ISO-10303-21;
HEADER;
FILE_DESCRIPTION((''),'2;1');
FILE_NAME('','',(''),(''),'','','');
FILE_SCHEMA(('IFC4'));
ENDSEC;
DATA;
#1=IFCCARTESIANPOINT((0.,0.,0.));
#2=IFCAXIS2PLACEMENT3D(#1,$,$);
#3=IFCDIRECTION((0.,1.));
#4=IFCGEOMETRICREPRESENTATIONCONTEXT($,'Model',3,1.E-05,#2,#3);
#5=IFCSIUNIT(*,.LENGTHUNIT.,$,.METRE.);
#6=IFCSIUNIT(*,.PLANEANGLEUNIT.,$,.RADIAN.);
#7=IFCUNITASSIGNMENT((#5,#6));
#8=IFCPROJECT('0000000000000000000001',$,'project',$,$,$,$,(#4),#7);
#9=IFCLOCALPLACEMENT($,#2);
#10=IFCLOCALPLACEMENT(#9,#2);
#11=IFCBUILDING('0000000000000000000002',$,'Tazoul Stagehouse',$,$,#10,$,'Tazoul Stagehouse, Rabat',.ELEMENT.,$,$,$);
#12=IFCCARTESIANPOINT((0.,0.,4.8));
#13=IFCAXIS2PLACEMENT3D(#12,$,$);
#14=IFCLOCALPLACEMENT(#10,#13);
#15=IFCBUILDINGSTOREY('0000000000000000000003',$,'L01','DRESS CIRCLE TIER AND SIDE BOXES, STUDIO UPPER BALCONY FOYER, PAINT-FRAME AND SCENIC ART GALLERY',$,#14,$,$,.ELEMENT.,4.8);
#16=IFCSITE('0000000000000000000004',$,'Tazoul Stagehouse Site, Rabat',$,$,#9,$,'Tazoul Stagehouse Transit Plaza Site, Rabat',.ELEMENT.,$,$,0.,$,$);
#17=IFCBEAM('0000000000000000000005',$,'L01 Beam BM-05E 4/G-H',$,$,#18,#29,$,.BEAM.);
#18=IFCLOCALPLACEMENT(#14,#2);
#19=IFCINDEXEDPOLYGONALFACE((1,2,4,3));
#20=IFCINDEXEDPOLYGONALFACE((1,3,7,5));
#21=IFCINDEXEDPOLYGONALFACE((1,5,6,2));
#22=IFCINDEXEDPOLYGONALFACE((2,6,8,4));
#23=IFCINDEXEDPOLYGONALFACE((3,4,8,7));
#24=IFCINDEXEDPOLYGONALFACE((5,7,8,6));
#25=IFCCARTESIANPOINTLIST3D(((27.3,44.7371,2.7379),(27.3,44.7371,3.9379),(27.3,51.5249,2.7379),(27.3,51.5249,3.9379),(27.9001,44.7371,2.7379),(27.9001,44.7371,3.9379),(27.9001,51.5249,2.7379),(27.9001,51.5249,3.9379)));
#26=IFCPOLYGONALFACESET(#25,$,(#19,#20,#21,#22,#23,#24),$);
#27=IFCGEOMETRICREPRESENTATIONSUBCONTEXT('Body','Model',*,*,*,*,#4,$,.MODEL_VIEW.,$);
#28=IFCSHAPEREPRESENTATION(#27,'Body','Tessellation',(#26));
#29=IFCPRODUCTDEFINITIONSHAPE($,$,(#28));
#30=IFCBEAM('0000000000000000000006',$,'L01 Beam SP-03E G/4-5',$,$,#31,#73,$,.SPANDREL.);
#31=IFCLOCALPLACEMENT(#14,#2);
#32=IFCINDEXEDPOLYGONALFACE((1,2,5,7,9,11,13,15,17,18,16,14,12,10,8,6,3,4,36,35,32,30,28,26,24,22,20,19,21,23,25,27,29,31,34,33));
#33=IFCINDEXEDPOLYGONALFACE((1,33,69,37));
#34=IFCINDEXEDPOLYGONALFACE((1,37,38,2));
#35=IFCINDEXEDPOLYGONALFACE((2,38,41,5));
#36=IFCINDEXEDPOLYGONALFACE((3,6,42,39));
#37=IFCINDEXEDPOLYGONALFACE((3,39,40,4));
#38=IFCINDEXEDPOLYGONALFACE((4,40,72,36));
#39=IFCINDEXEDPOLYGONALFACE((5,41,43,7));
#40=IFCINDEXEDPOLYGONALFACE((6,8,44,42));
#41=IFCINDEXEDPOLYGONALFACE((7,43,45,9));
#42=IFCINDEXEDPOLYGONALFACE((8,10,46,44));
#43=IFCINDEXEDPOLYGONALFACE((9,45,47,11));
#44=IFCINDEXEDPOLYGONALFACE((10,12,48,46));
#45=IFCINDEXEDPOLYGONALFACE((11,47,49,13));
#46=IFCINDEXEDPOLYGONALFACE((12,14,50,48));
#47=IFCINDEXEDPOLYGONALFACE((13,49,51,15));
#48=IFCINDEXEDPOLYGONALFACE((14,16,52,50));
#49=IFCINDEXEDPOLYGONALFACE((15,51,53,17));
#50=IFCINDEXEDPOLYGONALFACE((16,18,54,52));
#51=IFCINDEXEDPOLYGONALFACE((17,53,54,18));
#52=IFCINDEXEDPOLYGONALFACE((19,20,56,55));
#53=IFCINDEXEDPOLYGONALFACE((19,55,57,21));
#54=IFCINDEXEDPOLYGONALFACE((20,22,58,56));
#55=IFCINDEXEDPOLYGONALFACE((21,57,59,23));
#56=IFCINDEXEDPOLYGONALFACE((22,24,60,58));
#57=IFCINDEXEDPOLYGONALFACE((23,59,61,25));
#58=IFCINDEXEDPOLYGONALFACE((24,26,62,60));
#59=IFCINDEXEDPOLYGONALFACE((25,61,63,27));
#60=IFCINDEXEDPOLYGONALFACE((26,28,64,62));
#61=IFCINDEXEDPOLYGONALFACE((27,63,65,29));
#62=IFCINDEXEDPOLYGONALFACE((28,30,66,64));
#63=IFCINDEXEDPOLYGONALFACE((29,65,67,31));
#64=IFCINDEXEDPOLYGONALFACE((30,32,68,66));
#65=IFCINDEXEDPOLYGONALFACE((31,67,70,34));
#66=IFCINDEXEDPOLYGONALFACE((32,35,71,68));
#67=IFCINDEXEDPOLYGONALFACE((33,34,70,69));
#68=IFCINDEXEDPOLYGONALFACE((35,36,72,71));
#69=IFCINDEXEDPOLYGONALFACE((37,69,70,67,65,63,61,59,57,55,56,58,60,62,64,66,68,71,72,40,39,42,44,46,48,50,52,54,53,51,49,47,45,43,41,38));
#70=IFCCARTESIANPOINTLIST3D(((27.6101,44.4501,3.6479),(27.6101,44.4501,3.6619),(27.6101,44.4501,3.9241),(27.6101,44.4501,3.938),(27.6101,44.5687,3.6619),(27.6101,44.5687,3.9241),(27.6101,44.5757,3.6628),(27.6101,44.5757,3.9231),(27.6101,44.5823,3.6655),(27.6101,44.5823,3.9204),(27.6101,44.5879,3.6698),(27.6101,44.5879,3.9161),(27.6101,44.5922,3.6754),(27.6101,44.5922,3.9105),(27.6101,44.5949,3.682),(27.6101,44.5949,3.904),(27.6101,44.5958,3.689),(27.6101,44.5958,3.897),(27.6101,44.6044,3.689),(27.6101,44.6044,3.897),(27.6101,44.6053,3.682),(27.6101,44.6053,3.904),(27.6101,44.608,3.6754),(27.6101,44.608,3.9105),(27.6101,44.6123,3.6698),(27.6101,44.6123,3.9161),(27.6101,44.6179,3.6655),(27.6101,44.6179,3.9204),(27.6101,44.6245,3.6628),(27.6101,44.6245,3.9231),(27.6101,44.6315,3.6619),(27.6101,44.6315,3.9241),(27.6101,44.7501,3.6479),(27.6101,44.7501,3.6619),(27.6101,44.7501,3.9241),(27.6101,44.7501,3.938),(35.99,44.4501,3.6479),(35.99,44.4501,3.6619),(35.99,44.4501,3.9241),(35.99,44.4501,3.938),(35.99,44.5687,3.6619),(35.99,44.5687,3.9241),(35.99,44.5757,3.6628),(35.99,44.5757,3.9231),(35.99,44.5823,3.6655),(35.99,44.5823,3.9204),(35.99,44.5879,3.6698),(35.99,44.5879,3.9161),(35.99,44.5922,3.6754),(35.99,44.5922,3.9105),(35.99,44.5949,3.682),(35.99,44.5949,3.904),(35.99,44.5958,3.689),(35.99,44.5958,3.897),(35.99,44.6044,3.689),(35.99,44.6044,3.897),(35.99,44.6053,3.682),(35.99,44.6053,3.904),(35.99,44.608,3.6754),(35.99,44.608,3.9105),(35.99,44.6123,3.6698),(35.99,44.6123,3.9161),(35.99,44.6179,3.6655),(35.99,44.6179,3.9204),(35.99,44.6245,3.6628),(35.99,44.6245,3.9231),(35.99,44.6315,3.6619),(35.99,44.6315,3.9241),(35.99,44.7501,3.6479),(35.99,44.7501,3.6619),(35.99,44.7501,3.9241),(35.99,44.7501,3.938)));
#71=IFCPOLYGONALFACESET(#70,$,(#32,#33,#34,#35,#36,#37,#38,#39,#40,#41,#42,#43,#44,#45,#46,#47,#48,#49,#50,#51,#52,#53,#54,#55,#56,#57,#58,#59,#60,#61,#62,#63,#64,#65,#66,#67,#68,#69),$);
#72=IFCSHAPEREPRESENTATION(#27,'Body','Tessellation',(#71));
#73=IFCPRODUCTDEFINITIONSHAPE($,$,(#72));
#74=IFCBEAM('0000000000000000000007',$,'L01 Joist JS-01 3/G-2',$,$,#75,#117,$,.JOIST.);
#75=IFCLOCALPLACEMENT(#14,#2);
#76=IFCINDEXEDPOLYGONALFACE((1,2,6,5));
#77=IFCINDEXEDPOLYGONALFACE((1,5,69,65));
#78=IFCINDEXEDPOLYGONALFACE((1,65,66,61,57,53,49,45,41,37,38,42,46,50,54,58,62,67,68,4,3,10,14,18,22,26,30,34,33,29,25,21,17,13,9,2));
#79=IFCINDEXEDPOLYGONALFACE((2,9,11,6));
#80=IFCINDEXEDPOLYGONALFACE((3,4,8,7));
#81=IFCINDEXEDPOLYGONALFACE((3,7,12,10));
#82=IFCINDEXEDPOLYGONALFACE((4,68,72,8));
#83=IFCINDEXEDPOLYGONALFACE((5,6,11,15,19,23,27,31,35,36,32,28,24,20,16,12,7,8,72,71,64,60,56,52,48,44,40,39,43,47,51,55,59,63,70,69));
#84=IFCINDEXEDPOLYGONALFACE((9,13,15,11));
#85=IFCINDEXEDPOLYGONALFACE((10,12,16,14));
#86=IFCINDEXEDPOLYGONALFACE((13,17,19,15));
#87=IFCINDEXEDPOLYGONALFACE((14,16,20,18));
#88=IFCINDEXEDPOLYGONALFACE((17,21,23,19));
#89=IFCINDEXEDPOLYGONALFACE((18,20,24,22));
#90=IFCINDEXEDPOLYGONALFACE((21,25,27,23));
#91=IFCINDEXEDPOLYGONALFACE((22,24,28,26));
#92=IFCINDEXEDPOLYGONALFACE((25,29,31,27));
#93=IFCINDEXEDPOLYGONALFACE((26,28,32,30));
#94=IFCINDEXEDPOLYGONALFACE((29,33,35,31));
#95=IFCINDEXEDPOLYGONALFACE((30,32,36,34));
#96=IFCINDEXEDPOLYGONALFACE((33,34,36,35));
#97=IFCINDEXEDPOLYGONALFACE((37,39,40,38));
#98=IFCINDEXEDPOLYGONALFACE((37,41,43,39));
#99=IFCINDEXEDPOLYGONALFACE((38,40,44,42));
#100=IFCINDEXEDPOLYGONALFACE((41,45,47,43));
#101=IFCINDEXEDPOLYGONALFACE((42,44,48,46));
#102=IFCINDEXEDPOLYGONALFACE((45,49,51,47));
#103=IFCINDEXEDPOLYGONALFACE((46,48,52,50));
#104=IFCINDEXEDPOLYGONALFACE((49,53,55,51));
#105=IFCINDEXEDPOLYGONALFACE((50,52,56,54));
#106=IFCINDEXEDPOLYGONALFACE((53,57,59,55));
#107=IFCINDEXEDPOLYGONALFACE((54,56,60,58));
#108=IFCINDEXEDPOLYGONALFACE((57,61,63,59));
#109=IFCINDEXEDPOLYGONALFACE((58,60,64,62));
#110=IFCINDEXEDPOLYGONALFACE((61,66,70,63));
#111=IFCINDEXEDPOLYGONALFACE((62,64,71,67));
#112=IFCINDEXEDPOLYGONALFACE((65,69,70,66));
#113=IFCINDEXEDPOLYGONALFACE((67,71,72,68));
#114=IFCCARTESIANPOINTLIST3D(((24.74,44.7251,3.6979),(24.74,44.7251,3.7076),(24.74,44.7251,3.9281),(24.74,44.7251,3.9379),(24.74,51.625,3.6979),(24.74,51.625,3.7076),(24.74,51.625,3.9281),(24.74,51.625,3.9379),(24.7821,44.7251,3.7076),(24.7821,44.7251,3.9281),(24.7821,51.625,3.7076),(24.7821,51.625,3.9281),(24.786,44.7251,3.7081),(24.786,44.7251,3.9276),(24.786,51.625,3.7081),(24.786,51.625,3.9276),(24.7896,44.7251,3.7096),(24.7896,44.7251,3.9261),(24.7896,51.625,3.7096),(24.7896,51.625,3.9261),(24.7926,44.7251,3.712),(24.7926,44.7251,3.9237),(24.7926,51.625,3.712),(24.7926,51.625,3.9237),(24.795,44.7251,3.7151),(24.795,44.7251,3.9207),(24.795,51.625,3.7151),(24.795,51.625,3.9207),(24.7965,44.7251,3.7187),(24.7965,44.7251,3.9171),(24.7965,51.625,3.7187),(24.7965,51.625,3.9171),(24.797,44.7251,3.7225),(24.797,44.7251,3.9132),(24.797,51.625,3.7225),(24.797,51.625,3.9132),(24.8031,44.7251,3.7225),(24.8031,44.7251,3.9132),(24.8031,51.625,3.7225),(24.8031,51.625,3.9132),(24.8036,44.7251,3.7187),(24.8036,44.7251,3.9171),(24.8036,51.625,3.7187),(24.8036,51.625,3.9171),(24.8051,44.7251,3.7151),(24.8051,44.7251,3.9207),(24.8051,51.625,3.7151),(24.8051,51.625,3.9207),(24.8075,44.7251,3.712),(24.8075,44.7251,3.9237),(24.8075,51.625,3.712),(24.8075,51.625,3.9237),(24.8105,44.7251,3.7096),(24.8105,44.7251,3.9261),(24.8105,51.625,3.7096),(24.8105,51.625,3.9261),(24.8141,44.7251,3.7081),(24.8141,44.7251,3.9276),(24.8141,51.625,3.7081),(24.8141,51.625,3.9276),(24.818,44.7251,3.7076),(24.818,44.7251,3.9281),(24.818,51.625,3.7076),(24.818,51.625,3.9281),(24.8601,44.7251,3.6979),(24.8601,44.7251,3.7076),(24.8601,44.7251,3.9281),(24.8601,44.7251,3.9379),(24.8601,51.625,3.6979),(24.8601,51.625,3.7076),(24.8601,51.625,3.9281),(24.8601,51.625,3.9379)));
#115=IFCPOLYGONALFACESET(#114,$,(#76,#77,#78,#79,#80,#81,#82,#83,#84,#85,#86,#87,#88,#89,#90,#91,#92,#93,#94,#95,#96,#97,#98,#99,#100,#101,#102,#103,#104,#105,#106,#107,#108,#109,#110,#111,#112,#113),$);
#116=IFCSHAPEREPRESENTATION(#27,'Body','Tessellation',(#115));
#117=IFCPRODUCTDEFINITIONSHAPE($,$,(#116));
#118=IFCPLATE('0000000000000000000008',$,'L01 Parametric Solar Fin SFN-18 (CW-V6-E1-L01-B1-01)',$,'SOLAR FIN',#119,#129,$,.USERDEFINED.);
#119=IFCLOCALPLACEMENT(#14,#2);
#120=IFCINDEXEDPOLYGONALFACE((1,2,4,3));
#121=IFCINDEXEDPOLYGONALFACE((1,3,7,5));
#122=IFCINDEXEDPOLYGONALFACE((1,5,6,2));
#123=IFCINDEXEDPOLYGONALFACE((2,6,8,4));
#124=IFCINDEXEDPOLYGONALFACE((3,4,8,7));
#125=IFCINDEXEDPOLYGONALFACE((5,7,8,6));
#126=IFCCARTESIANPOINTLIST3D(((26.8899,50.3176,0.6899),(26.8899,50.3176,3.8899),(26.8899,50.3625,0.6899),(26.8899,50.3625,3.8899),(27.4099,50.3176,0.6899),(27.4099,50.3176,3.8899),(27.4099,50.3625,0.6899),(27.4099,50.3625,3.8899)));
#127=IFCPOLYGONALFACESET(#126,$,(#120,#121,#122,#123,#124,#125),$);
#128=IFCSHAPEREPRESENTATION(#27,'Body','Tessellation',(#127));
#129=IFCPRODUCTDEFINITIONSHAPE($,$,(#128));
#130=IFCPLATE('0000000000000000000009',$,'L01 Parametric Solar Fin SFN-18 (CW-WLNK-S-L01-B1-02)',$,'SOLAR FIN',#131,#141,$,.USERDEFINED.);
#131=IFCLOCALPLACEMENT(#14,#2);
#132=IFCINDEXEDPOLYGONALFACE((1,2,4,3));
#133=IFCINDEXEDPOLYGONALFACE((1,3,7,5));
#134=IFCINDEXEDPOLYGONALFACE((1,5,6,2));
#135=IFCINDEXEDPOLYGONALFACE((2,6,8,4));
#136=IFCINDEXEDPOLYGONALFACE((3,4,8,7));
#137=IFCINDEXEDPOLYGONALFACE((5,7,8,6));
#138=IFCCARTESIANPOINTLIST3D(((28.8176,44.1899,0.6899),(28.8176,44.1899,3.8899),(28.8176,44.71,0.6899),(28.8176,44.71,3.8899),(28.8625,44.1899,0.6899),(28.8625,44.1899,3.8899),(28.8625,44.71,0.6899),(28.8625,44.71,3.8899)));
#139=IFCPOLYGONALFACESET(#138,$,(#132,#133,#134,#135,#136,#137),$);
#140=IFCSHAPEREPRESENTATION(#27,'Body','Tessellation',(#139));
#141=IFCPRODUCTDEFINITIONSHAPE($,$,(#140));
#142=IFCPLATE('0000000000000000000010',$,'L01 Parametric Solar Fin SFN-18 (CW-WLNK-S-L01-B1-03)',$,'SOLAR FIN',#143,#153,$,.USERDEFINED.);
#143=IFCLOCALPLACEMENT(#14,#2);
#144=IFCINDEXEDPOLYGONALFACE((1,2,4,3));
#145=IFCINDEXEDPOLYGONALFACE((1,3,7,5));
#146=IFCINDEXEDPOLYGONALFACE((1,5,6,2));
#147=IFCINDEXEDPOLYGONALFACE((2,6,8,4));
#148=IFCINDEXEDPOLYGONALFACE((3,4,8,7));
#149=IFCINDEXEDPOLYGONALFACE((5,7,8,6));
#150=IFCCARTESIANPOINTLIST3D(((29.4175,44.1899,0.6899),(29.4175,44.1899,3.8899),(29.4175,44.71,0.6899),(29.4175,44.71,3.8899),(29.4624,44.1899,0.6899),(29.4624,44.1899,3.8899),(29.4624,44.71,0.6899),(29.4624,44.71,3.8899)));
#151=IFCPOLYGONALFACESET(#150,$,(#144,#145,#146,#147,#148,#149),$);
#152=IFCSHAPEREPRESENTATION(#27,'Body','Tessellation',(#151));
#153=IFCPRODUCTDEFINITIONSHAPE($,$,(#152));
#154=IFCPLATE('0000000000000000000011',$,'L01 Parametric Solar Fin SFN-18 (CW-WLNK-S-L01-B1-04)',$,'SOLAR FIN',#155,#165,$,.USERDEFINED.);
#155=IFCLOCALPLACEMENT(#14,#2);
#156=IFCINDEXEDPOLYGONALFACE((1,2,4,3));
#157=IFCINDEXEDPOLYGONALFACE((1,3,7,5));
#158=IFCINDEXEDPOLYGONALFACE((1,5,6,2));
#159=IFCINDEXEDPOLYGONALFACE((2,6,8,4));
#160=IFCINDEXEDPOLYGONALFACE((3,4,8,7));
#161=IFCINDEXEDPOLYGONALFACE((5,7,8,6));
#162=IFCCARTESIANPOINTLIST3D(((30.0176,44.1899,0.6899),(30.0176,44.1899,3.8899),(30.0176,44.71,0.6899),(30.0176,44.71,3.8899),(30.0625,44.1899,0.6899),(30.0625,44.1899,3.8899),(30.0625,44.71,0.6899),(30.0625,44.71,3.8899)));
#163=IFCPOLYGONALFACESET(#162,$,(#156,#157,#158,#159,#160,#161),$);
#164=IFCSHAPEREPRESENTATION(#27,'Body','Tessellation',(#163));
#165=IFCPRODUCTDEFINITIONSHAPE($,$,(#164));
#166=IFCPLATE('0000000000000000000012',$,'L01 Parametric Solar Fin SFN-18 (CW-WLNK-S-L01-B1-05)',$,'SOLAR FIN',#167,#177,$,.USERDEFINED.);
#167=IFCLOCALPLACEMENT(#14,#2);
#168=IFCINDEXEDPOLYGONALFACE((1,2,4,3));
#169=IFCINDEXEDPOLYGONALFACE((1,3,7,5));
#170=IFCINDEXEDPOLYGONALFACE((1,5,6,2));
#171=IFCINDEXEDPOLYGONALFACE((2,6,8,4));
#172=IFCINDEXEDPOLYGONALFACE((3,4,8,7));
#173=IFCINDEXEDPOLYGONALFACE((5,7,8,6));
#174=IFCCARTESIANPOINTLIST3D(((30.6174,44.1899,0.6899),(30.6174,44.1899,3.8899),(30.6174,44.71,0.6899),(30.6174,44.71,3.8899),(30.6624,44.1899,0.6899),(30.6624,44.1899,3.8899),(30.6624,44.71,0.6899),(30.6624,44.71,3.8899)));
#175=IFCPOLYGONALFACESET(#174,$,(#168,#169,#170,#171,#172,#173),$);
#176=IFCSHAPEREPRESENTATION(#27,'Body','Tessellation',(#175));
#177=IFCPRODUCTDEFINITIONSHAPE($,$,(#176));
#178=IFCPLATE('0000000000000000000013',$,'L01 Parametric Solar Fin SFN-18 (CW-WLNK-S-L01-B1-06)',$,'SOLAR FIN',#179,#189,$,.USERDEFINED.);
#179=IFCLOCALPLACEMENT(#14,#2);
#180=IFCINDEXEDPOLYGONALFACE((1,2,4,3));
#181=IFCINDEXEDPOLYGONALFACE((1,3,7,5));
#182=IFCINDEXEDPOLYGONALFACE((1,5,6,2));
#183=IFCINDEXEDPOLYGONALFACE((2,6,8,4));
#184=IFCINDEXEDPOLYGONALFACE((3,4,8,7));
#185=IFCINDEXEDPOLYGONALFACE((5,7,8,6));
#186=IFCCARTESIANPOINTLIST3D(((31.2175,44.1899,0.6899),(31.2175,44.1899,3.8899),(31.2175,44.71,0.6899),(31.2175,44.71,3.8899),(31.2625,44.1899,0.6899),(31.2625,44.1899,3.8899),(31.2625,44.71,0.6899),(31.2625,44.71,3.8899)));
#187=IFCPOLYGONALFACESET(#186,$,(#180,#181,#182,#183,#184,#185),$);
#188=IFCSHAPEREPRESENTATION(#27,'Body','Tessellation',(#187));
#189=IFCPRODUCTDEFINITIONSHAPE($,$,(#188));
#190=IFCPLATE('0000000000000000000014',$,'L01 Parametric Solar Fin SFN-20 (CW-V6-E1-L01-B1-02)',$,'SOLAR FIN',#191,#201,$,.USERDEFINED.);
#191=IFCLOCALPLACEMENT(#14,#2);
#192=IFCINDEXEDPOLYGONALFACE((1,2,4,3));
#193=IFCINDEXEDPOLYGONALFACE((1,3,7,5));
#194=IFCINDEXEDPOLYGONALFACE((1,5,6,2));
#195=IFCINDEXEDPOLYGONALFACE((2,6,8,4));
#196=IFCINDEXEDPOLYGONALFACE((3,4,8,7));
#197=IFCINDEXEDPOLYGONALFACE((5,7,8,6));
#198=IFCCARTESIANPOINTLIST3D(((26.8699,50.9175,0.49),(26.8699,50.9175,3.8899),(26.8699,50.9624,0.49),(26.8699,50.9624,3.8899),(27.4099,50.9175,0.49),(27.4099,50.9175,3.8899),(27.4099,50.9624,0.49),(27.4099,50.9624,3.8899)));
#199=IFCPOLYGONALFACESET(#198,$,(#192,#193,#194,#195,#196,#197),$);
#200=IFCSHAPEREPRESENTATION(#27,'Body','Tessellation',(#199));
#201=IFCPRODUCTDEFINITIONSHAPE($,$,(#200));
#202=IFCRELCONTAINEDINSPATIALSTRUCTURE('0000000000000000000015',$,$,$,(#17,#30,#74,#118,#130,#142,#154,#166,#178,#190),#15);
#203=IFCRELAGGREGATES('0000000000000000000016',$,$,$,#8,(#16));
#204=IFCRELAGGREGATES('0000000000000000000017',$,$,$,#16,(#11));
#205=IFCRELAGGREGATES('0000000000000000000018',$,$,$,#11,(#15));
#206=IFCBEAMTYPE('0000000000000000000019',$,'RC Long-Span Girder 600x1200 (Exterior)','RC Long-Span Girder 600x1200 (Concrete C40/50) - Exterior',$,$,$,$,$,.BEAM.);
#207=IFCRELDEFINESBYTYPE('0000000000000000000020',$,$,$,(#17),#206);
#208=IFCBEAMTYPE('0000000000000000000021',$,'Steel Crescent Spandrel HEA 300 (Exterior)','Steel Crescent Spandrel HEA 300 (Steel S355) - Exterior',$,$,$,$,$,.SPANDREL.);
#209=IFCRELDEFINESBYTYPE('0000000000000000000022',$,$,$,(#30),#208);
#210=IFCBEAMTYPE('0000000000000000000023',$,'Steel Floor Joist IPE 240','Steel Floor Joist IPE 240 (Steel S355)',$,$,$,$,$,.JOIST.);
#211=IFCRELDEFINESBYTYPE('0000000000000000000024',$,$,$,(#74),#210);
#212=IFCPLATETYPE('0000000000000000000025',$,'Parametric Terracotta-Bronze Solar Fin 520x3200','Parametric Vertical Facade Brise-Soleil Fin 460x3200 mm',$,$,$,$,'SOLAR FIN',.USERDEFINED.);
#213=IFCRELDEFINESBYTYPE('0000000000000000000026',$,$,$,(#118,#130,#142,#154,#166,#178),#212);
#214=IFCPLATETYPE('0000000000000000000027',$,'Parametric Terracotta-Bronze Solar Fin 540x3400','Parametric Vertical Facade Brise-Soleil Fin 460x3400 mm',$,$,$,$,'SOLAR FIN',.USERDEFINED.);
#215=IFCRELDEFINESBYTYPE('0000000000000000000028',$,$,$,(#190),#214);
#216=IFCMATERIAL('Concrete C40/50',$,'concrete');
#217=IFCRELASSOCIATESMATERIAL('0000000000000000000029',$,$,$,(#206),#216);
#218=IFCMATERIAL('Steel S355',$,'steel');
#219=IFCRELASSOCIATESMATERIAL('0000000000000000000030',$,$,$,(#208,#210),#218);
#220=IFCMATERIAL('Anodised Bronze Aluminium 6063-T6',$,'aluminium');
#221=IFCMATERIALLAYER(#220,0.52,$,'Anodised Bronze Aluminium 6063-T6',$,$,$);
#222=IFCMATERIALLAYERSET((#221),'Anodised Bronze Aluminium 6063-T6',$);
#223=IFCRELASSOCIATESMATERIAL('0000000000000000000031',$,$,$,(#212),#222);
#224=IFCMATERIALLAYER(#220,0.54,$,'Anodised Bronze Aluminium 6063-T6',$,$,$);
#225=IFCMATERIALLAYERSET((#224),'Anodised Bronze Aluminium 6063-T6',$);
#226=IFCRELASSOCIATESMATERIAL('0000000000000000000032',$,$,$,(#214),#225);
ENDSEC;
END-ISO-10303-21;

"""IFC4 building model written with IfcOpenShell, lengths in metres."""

from ifc_helpers import new_model, si_unit, direction, frame, origin, origin_2d, place, context, subcontext, project, spatial, rectangle, i_section, extrude, material, layer, layer_set, material_profile, profile_set, type_object, element, save


model = new_model("IFC4")

# Units and contexts
model_context = context("Model", 3, precision=1e-05, world=origin(), true_north=direction((0.0, 1.0)))
body_context = subcontext(model_context, "Body", "Model", "MODEL_VIEW")
ifc_project = project(units=[si_unit("LENGTHUNIT", "METRE"), si_unit("PLANEANGLEUNIT", "RADIAN")], contexts=[model_context])

# Site, building, storey
site_placement = place(None, origin())
site = spatial("IfcSite", under=ifc_project, at=site_placement, Name="Tazoul Stagehouse Site, Rabat", LongName="Tazoul Stagehouse Transit Plaza Site, Rabat", CompositionType="ELEMENT", RefElevation=0.0)
building_placement = place(site_placement, origin())
building = spatial("IfcBuilding", under=site, at=building_placement, Name="Tazoul Stagehouse", LongName="Tazoul Stagehouse, Rabat", CompositionType="ELEMENT")
storey_placement = place(building_placement, frame((0.0, 0.0, 4.8)))
storey = spatial("IfcBuildingStorey", under=building, at=storey_placement, Name="L01", Description="DRESS CIRCLE TIER AND SIDE BOXES, STUDIO UPPER BALCONY FOYER, PAINT-FRAME AND SCENIC ART GALLERY", CompositionType="ELEMENT", Elevation=4.8)

# Shared definitions
ifc_material_1 = material(Name="Steel S355", Category="steel")

# Shared definitions
ifc_material_2 = material(Name="Anodised Bronze Aluminium 6063-T6", Category="aluminium")

# Beams
ifc_material_3 = material(Name="Concrete C40/50", Category="concrete")
ifc_material_profile_1 = material_profile(ifc_material_3, rectangle(XDim=0.6001, YDim=1.2, at=origin_2d()), Name="RC 600x1200")
ifc_profile_set_1 = profile_set([ifc_material_profile_1], Name="Concrete C40/50")
beam_type_1 = type_object("IfcBeamType", Name="RC Long-Span Girder 600x1200 (Exterior)", Description="RC Long-Span Girder 600x1200 (Concrete C40/50) - Exterior", PredefinedType="BEAM", material=ifc_profile_set_1)
beam_1_placement = place(storey_placement, frame((27.6001, 44.7371, 3.3379), z_axis=(0.0, 1.0, 0.0), x_axis=(-1.0, 0.0, 0.0)))
element("IfcBeam", 1, at=beam_1_placement, inside=storey, type_object=beam_type_1, Name="L01 Beam BM-05E 4/G-H", PredefinedType="BEAM", context=body_context, shape_type="SweptSolid", body=[
    extrude(rectangle(XDim=0.6001, YDim=1.2, at=origin_2d()), origin(), (0.0, 0.0, 1.0), 6.7878),
])
ifc_material_profile_2 = material_profile(ifc_material_1, i_section(OverallWidth=0.3, OverallDepth=0.29, WebThickness=0.0085, FlangeThickness=0.0139, FilletRadius=0.0271, at=origin_2d()), Name="HEA 300")
ifc_profile_set_2 = profile_set([ifc_material_profile_2], Name="Steel S355")
beam_type_2 = type_object("IfcBeamType", Name="Steel Crescent Spandrel HEA 300 (Exterior)", Description="Steel Crescent Spandrel HEA 300 (Steel S355) - Exterior", PredefinedType="SPANDREL", material=ifc_profile_set_2)
beam_2_placement = place(storey_placement, frame((27.6101, 44.6001, 3.793), z_axis=(1.0, 0.0, 0.0), x_axis=(0.0, 1.0, 0.0)))
element("IfcBeam", 2, at=beam_2_placement, inside=storey, type_object=beam_type_2, Name="L01 Beam SP-03E G/4-5", PredefinedType="SPANDREL", context=body_context, shape_type="SweptSolid", body=[
    extrude(i_section(OverallWidth=0.3, OverallDepth=0.29, WebThickness=0.0085, FlangeThickness=0.0139, FilletRadius=0.0271, at=origin_2d()), origin(), (0.0, 0.0, 1.0), 8.3799),
])
ifc_material_profile_3 = material_profile(ifc_material_1, i_section(OverallWidth=0.1201, OverallDepth=0.24, WebThickness=0.0061, FlangeThickness=0.0098, FilletRadius=0.0149, at=origin_2d()), Name="IPE 240")
ifc_profile_set_3 = profile_set([ifc_material_profile_3], Name="Steel S355")
beam_type_3 = type_object("IfcBeamType", Name="Steel Floor Joist IPE 240", Description="Steel Floor Joist IPE 240 (Steel S355)", PredefinedType="JOIST", material=ifc_profile_set_3)
beam_3_placement = place(storey_placement, frame((24.8, 44.7251, 3.8179), z_axis=(0.0, 1.0, 0.0), x_axis=(-1.0, 0.0, 0.0)))
element("IfcBeam", 3, at=beam_3_placement, inside=storey, type_object=beam_type_3, Name="L01 Joist JS-01 3/G-2", PredefinedType="JOIST", context=body_context, shape_type="SweptSolid", body=[
    extrude(i_section(OverallWidth=0.1201, OverallDepth=0.24, WebThickness=0.0061, FlangeThickness=0.0098, FilletRadius=0.0149, at=origin_2d()), origin(), (0.0, 0.0, 1.0), 6.8999),
])

# Plates
ifc_layer_1 = layer(ifc_material_2, 0.52, Name="Anodised Bronze Aluminium 6063-T6")
ifc_layer_set_1 = layer_set([ifc_layer_1], Name="Anodised Bronze Aluminium 6063-T6")
plate_type_1 = type_object("IfcPlateType", Name="Parametric Terracotta-Bronze Solar Fin 520x3200", Description="Parametric Vertical Facade Brise-Soleil Fin 460x3200 mm", ElementType="SOLAR FIN", PredefinedType="USERDEFINED", material=ifc_layer_set_1)
for number, where, z_axis, x_axis, name in (
    (4, (27.1499, 50.3401, 0.6899), (0.0, 0.0, 1.0), (0.0, 1.0, 0.0), "L01 Parametric Solar Fin SFN-18 (CW-V6-E1-L01-B1-01)"),
    (5, (28.8401, 44.45, 0.6899), (0.0, 0.0, 1.0), (1.0, 0.0, 0.0), "L01 Parametric Solar Fin SFN-18 (CW-WLNK-S-L01-B1-02)"),
    (6, (29.4399, 44.45, 0.6899), (0.0, 0.0, 1.0), (1.0, 0.0, 0.0), "L01 Parametric Solar Fin SFN-18 (CW-WLNK-S-L01-B1-03)"),
    (7, (30.04, 44.45, 0.6899), (0.0, 0.0, 1.0), (1.0, 0.0, 0.0), "L01 Parametric Solar Fin SFN-18 (CW-WLNK-S-L01-B1-04)"),
    (8, (30.6399, 44.45, 0.6899), (0.0, 0.0, 1.0), (1.0, 0.0, 0.0), "L01 Parametric Solar Fin SFN-18 (CW-WLNK-S-L01-B1-05)"),
    (9, (31.24, 44.45, 0.6899), (0.0, 0.0, 1.0), (1.0, 0.0, 0.0), "L01 Parametric Solar Fin SFN-18 (CW-WLNK-S-L01-B1-06)"),
):
    element("IfcPlate", number, at=place(storey_placement, frame(where, z_axis=z_axis, x_axis=x_axis)), inside=storey, type_object=plate_type_1, Name=name, ObjectType="SOLAR FIN", PredefinedType="USERDEFINED", context=body_context, shape_type="SweptSolid", body=[
        extrude(rectangle(XDim=0.0449, YDim=0.52, at=origin_2d()), origin(), (0.0, 0.0, 1.0), 3.2),
    ])
ifc_layer_2 = layer(ifc_material_2, 0.54, Name="Anodised Bronze Aluminium 6063-T6")
ifc_layer_set_2 = layer_set([ifc_layer_2], Name="Anodised Bronze Aluminium 6063-T6")
plate_type_2 = type_object("IfcPlateType", Name="Parametric Terracotta-Bronze Solar Fin 540x3400", Description="Parametric Vertical Facade Brise-Soleil Fin 460x3400 mm", ElementType="SOLAR FIN", PredefinedType="USERDEFINED", material=ifc_layer_set_2)
plate_1_placement = place(storey_placement, frame((27.1399, 50.9399, 0.49), z_axis=(0.0, 0.0, 1.0), x_axis=(0.0, 1.0, 0.0)))
element("IfcPlate", 10, at=plate_1_placement, inside=storey, type_object=plate_type_2, Name="L01 Parametric Solar Fin SFN-20 (CW-V6-E1-L01-B1-02)", ObjectType="SOLAR FIN", PredefinedType="USERDEFINED", context=body_context, shape_type="SweptSolid", body=[
    extrude(rectangle(XDim=0.0449, YDim=0.54, at=origin_2d()), origin(), (0.0, 0.0, 1.0), 3.3999),
])

save(model, "model.ifc")
